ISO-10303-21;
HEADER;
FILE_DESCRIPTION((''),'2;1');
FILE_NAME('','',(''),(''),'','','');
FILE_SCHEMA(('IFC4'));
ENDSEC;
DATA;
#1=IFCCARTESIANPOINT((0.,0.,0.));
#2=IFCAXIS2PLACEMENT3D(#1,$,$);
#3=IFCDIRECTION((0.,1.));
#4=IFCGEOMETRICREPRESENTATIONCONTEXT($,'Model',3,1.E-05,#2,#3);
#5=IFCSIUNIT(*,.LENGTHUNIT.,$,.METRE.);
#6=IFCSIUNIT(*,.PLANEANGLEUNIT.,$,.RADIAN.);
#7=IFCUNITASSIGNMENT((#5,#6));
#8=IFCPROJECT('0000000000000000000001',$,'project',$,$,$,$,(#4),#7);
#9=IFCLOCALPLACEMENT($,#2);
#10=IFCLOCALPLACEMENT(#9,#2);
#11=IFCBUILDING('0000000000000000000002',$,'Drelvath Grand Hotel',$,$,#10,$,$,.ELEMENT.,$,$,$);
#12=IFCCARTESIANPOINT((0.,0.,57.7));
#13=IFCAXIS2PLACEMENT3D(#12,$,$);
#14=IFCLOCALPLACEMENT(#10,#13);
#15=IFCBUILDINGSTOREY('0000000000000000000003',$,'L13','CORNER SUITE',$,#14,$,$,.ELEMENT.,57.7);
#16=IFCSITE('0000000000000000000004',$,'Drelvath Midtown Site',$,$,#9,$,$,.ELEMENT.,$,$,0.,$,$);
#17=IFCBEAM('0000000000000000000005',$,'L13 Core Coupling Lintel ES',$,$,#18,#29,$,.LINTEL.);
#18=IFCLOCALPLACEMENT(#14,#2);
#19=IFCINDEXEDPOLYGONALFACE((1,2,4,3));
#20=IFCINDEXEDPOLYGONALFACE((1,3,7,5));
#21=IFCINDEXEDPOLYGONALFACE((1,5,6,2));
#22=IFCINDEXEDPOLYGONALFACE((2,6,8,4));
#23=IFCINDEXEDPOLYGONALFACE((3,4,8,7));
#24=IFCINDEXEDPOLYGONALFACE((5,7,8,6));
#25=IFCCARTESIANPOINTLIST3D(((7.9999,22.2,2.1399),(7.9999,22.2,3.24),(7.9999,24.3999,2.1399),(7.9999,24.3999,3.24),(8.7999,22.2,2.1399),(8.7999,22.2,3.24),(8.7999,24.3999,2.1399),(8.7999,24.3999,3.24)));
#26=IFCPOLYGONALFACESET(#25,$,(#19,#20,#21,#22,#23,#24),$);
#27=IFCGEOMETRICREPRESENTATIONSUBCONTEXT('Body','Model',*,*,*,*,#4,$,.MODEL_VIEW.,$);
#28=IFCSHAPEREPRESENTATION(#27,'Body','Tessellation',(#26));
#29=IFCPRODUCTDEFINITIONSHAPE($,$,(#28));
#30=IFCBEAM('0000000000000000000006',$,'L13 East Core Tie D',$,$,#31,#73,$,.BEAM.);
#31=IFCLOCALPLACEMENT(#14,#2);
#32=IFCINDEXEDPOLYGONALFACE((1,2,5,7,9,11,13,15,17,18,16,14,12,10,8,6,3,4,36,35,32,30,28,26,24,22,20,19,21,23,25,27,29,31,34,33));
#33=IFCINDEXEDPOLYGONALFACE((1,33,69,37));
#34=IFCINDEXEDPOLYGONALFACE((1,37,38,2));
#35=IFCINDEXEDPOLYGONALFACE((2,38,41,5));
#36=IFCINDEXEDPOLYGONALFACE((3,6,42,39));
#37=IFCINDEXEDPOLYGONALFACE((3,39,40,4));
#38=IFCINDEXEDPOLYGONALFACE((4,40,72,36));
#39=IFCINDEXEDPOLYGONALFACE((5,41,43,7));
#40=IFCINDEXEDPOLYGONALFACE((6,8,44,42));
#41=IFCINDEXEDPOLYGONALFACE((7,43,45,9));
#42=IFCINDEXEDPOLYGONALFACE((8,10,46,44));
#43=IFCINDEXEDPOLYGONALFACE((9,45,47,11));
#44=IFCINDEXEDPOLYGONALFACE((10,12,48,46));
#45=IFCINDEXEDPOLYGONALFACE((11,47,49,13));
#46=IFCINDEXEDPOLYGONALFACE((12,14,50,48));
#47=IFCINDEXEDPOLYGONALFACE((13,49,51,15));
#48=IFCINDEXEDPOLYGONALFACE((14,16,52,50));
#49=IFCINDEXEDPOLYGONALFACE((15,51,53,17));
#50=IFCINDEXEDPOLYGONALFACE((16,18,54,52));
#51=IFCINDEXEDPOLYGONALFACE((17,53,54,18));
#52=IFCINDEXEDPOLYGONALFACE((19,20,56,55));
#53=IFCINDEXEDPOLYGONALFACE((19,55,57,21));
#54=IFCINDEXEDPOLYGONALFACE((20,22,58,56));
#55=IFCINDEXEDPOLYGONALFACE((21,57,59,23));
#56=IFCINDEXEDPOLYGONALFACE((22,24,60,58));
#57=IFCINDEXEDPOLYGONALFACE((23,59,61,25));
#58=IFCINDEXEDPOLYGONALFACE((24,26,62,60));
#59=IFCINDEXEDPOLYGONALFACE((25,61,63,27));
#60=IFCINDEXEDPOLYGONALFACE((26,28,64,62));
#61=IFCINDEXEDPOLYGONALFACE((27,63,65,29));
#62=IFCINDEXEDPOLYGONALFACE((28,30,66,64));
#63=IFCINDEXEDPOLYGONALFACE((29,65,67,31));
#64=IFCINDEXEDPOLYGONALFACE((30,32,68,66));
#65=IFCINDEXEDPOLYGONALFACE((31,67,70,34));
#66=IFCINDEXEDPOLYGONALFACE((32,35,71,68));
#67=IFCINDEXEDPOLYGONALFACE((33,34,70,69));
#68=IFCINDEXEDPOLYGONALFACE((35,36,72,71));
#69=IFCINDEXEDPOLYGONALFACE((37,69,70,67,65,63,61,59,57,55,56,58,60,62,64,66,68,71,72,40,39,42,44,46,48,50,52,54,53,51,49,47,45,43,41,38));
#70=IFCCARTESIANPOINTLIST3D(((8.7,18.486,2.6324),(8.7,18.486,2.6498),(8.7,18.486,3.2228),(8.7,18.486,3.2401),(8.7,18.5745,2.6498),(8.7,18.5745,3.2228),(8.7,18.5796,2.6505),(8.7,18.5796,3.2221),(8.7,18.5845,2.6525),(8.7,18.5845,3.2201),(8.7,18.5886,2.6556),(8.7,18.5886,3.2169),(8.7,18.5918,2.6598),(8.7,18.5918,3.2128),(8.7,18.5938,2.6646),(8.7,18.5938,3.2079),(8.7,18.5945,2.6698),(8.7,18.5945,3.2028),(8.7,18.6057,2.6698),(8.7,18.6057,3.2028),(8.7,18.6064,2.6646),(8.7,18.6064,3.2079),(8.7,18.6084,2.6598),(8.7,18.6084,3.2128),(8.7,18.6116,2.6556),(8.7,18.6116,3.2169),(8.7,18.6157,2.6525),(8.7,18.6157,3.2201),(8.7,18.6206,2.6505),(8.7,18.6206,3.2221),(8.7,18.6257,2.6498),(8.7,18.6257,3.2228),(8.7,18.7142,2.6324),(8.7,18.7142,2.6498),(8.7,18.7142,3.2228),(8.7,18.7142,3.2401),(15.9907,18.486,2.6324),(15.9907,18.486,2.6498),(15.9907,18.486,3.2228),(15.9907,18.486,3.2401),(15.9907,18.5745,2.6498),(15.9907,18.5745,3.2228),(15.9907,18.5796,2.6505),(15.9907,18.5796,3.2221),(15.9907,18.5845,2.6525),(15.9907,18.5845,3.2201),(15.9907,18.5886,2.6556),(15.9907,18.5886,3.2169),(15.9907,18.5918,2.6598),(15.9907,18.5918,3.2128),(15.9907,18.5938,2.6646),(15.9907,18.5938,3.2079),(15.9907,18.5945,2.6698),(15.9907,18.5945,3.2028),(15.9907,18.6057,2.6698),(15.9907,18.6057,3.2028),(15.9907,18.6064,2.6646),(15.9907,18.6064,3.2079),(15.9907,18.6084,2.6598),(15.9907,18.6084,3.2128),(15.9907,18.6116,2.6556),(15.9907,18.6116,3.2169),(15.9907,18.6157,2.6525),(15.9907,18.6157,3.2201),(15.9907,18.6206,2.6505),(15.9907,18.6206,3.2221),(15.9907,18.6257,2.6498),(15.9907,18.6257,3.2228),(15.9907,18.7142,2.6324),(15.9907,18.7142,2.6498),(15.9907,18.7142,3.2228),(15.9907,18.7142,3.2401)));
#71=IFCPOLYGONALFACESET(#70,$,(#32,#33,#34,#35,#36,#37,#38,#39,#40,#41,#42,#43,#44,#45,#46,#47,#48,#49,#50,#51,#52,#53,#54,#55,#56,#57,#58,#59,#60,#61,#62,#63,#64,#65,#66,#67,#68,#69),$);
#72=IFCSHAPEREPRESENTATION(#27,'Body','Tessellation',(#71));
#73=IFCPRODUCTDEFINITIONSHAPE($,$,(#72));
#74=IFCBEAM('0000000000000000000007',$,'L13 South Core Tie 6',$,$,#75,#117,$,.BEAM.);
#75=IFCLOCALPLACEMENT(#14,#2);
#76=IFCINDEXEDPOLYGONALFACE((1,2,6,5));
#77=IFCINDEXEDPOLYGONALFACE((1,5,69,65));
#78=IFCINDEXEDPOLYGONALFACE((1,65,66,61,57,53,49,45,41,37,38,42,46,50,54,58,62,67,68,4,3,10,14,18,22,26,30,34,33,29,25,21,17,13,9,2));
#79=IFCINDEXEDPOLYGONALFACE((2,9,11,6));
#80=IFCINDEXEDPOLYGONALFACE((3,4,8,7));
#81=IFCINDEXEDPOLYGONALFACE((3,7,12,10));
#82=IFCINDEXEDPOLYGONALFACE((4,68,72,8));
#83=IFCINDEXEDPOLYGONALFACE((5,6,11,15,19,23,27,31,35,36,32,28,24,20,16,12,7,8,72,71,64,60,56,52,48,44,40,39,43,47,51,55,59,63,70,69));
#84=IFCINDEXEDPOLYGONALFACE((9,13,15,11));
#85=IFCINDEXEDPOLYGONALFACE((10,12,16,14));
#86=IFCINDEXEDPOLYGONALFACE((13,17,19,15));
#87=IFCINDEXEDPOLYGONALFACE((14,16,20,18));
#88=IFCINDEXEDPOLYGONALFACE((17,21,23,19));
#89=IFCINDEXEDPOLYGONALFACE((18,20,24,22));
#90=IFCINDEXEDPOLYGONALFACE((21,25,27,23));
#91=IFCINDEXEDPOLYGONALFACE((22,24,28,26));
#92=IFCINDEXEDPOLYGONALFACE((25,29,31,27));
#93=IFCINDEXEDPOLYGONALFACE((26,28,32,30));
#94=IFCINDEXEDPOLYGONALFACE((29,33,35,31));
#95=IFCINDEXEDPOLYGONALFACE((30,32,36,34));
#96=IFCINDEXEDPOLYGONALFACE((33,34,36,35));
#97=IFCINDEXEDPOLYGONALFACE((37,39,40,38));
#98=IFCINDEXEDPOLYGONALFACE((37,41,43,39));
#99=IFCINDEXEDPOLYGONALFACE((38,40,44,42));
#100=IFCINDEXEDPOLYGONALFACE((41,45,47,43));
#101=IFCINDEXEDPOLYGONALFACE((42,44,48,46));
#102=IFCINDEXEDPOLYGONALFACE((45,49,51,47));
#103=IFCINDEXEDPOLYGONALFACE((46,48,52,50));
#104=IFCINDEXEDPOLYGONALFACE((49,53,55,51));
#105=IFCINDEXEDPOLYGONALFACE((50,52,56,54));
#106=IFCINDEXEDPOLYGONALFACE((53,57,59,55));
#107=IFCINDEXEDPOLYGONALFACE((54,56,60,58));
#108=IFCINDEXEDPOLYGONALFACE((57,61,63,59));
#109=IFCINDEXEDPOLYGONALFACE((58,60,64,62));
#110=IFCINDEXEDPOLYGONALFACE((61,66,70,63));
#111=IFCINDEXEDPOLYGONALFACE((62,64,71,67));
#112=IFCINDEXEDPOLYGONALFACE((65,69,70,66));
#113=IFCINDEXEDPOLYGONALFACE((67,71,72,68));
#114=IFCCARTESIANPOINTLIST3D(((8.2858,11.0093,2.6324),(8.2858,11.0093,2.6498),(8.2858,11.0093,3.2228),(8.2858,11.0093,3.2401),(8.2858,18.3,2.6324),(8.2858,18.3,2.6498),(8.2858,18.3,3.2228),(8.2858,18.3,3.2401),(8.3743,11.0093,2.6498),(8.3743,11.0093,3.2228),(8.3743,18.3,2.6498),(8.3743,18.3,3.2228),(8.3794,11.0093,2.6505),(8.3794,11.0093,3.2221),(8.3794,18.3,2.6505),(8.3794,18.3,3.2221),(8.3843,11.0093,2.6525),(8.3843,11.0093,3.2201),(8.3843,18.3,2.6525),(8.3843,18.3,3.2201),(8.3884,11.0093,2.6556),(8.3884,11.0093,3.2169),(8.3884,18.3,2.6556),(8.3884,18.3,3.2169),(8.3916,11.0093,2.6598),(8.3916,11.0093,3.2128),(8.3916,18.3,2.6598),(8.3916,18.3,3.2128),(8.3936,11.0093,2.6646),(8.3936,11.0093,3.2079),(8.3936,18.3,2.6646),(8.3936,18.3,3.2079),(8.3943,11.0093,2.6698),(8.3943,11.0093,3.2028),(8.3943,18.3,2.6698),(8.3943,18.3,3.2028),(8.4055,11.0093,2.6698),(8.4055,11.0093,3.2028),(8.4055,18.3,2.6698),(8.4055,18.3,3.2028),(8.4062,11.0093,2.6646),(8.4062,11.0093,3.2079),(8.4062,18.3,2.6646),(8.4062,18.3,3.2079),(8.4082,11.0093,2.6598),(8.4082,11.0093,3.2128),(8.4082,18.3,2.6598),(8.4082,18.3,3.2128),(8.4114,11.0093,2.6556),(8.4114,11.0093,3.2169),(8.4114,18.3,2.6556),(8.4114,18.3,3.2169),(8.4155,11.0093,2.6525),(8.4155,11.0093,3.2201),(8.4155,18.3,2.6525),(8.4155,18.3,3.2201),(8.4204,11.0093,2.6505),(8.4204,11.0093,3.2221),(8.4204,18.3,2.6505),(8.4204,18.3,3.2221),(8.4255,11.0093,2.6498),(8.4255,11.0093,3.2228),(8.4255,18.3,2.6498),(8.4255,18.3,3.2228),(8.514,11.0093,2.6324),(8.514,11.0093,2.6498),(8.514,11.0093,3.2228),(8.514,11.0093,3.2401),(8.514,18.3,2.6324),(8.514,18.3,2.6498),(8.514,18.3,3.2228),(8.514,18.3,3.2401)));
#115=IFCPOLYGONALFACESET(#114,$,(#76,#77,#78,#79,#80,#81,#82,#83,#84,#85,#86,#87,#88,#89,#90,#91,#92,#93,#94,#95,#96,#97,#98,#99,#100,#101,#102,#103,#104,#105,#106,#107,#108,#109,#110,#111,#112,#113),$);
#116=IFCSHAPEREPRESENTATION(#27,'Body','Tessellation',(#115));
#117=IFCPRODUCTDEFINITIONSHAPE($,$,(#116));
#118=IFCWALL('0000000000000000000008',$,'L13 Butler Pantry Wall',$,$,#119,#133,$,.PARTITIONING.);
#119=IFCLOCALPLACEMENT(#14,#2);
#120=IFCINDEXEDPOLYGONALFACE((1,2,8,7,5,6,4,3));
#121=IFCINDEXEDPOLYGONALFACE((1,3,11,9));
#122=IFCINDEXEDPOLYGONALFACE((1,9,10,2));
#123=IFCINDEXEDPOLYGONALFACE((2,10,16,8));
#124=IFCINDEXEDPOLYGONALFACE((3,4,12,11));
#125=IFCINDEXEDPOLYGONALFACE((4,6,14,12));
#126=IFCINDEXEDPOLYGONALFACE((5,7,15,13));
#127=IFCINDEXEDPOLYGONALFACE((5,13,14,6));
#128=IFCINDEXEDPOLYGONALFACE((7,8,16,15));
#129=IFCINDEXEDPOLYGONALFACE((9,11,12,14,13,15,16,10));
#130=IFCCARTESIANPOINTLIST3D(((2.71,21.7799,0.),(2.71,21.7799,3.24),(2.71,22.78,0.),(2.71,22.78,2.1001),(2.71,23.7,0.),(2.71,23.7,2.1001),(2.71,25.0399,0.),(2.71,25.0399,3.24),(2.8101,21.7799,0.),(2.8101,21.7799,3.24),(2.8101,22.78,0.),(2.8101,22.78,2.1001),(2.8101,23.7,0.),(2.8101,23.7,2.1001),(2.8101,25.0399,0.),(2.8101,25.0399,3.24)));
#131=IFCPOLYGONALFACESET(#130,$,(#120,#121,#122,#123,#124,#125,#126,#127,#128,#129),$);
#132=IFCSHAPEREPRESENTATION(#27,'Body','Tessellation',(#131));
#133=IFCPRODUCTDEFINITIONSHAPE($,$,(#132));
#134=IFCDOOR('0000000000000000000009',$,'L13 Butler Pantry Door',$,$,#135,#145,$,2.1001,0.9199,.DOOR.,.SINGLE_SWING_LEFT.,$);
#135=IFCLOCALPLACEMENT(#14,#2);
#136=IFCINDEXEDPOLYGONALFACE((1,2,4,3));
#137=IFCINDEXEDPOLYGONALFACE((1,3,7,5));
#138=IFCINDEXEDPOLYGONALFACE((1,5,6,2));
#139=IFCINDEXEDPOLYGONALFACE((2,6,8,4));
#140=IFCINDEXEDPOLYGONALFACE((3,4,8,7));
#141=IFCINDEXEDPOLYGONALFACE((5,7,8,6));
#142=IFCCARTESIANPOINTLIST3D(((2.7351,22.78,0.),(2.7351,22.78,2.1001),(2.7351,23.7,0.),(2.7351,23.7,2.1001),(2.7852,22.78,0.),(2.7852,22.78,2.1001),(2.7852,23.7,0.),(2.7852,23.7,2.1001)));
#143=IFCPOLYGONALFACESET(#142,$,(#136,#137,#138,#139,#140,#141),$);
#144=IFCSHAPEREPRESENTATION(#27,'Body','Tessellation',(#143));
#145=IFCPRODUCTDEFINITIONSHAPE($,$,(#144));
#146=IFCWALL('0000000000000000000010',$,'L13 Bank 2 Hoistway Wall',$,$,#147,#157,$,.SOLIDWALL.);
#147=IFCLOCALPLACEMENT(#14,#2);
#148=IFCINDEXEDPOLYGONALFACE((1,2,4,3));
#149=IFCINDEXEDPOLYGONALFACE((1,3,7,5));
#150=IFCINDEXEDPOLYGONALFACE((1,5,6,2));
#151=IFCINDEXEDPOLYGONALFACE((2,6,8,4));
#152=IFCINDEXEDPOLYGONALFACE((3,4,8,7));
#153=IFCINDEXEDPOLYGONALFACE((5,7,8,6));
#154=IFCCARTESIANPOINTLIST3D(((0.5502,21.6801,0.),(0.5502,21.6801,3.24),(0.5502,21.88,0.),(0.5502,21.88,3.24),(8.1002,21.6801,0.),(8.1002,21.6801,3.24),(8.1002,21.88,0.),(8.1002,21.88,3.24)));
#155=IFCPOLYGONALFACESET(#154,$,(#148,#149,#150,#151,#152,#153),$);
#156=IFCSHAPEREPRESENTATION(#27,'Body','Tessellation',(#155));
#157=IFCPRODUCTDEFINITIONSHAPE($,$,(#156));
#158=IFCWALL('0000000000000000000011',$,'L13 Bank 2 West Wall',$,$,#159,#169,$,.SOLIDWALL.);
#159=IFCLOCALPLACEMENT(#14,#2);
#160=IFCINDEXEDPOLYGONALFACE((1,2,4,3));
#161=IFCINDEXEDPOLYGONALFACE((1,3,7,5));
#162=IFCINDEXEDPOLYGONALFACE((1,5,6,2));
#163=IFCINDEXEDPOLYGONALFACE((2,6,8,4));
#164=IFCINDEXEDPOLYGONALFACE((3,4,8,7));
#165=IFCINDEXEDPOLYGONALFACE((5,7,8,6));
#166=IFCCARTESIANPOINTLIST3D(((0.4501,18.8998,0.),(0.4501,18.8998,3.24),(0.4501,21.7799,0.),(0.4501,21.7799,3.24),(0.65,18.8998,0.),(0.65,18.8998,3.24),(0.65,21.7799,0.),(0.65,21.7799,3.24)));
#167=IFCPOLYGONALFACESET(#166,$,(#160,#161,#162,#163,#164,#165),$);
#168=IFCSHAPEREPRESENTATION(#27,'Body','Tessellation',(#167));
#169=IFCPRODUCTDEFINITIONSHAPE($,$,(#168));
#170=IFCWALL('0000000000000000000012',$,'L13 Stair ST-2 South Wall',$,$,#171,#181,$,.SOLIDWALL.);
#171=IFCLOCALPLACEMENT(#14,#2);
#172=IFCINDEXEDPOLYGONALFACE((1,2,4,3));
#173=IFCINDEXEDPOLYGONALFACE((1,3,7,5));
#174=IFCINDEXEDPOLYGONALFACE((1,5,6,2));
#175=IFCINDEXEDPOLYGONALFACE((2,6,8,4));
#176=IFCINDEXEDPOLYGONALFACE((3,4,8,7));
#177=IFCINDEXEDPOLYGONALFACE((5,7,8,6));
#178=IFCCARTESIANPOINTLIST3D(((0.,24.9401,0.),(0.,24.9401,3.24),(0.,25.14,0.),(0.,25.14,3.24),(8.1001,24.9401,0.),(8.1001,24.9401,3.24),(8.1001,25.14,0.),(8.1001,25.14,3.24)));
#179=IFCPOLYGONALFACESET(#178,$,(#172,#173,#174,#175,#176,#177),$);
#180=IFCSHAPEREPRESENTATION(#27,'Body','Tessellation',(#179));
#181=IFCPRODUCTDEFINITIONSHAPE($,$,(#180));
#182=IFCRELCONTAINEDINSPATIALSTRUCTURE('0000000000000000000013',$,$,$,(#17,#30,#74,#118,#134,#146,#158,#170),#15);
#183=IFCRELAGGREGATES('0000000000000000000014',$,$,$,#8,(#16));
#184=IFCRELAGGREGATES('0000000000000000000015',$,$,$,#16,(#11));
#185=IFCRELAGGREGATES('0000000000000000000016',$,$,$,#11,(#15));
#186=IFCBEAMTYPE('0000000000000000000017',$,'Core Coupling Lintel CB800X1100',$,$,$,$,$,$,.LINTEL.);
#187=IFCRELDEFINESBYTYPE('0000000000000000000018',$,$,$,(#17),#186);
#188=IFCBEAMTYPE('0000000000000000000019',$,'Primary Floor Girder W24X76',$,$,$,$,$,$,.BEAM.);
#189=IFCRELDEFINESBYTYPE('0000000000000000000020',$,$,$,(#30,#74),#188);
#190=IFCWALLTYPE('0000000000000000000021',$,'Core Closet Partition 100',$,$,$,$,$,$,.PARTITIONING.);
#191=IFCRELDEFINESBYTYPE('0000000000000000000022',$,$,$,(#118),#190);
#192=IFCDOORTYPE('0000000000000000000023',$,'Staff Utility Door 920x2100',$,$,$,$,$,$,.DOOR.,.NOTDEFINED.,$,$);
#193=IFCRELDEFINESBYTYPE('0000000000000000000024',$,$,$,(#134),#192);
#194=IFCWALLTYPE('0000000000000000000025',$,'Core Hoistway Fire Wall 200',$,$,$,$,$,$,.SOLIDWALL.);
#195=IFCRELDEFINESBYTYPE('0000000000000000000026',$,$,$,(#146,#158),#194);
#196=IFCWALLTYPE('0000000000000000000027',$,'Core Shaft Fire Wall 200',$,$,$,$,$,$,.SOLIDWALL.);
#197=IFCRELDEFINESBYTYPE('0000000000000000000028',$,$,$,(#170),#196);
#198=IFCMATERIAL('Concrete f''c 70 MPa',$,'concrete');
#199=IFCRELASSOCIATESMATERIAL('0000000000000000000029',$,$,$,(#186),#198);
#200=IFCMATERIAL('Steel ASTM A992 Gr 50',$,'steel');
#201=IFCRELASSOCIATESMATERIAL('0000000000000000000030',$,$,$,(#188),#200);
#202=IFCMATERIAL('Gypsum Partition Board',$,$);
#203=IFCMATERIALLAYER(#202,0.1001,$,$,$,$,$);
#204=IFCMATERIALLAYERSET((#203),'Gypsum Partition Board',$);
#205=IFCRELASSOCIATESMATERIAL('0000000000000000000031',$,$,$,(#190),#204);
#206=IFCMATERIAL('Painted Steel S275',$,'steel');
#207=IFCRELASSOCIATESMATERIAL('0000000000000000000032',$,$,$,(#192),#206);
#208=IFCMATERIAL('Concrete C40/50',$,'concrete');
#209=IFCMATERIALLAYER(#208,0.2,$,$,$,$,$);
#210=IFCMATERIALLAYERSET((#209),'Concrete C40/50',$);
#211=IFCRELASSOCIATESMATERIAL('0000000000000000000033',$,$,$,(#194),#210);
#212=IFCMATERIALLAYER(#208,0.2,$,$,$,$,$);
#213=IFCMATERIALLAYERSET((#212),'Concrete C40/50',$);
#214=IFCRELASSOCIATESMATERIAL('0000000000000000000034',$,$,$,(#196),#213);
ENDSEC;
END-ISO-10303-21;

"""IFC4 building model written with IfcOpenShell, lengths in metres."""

from ifc_helpers import new_model, si_unit, direction, frame, frame_2d, origin, origin_2d, place, context, subcontext, project, spatial, rectangle, i_section, extrude, material, layer, layer_set, material_profile, profile_set, type_object, element, fill, save


model = new_model("IFC4")

# Units and contexts
model_context = context("Model", 3, precision=1e-05, world=origin(), true_north=direction((0.0, 1.0)))
body_context = subcontext(model_context, "Body", "Model", "MODEL_VIEW")
ifc_project = project(units=[si_unit("LENGTHUNIT", "METRE"), si_unit("PLANEANGLEUNIT", "RADIAN")], contexts=[model_context])

# Site, building, storey
site_placement = place(None, origin())
site = spatial("IfcSite", under=ifc_project, at=site_placement, Name="Drelvath Midtown Site", CompositionType="ELEMENT", RefElevation=0.0)
building_placement = place(site_placement, origin())
building = spatial("IfcBuilding", under=site, at=building_placement, Name="Drelvath Grand Hotel", CompositionType="ELEMENT")
storey_placement = place(building_placement, frame((0.0, 0.0, 57.7)))
storey = spatial("IfcBuildingStorey", under=building, at=storey_placement, Name="L13", Description="CORNER SUITE", CompositionType="ELEMENT", Elevation=57.7)

# Beams
ifc_material_1 = material(Name="Concrete f'c 70 MPa", Category="concrete")
ifc_material_profile_1 = material_profile(ifc_material_1, rectangle(XDim=0.8, YDim=1.1001, at=origin_2d()), Name="CB800X1100")
ifc_profile_set_1 = profile_set([ifc_material_profile_1], Name="Concrete f'c 70 MPa")
beam_type_1 = type_object("IfcBeamType", Name="Core Coupling Lintel CB800X1100", PredefinedType="LINTEL", material=ifc_profile_set_1)
beam_placement = place(storey_placement, frame((8.3999, 22.2, 2.6899), z_axis=(0.0, 1.0, 0.0), x_axis=(-1.0, 0.0, 0.0)))
element("IfcBeam", 1, at=beam_placement, inside=storey, type_object=beam_type_1, Name="L13 Core Coupling Lintel ES", PredefinedType="LINTEL", context=body_context, shape_type="SweptSolid", body=[
    extrude(rectangle(XDim=0.8, YDim=1.1001, at=origin_2d()), origin(), (0.0, 0.0, 1.0), 2.2),
])
ifc_material_2 = material(Name="Steel ASTM A992 Gr 50", Category="steel")
ifc_material_profile_2 = material_profile(ifc_material_2, i_section(OverallWidth=0.2283, OverallDepth=0.6077, WebThickness=0.0112, FlangeThickness=0.0173, FilletRadius=0.02, at=origin_2d()), Name="W24X76")
ifc_profile_set_2 = profile_set([ifc_material_profile_2], Name="Steel ASTM A992 Gr 50")
beam_type_2 = type_object("IfcBeamType", Name="Primary Floor Girder W24X76", PredefinedType="BEAM", material=ifc_profile_set_2)
for number, where, z_axis, x_axis, name in (
    (2, (8.7, 18.6001, 2.9363), (1.0, 0.0, 0.0), (0.0, 1.0, 0.0), "L13 East Core Tie D"),
    (3, (8.3999, 11.0093, 2.9363), (0.0, 1.0, 0.0), (-1.0, 0.0, 0.0), "L13 South Core Tie 6"),
):
    element("IfcBeam", number, at=place(storey_placement, frame(where, z_axis=z_axis, x_axis=x_axis)), inside=storey, type_object=beam_type_2, Name=name, PredefinedType="BEAM", context=body_context, shape_type="SweptSolid", body=[
        extrude(i_section(OverallWidth=0.2283, OverallDepth=0.6077, WebThickness=0.0112, FlangeThickness=0.0173, FilletRadius=0.02, at=origin_2d()), origin(), (0.0, 0.0, 1.0), 7.2908),
    ])

# Wall, opening, door
ifc_material_3 = material(Name="Gypsum Partition Board")
ifc_layer_1 = layer(ifc_material_3, 0.1001)
ifc_layer_set_1 = layer_set([ifc_layer_1], Name="Gypsum Partition Board")
wall_type_1 = type_object("IfcWallType", Name="Core Closet Partition 100", PredefinedType="PARTITIONING", material=ifc_layer_set_1)
wall_1_placement = place(storey_placement, frame((2.76, 21.78, 0.0), z_axis=(0.0, 0.0, 1.0), x_axis=(0.0, 1.0, 0.0)))
wall_1 = element("IfcWall", 4, at=wall_1_placement, inside=storey, type_object=wall_type_1, Name="L13 Butler Pantry Wall", PredefinedType="PARTITIONING", context=body_context, shape_type="SweptSolid", body=[
    extrude(rectangle(XDim=3.26, YDim=0.1001, at=frame_2d((1.6299, 0.0))), origin(), (0.0, 0.0, 1.0), 3.24),
])
opening_1_placement = place(wall_1_placement, frame((1.0, 0.0, 0.0)))
opening_1 = element("IfcOpeningElement", 5, at=opening_1_placement, cuts=wall_1, PredefinedType="OPENING", context=body_context, shape_type="SweptSolid", body=[
    extrude(rectangle(XDim=0.9199, YDim=2.1001, at=frame_2d((0.46, 1.05))), frame((0.0, 0.0601, 0.0), z_axis=(0.0, -1.0, 0.0), x_axis=(1.0, 0.0, 0.0)), (0.0, 0.0, 1.0), 0.1201),
])
ifc_material_4 = material(Name="Painted Steel S275", Category="steel")
door_type_1 = type_object("IfcDoorType", Name="Staff Utility Door 920x2100", OperationType="NOTDEFINED", PredefinedType="DOOR", material=ifc_material_4)
door_1_placement = place(opening_1_placement, origin())
door_1 = element("IfcDoor", 6, at=door_1_placement, inside=storey, type_object=door_type_1, Name="L13 Butler Pantry Door", OperationType="SINGLE_SWING_LEFT", OverallHeight=2.1001, OverallWidth=0.9199, PredefinedType="DOOR", context=body_context, shape_type="SweptSolid", body=[
    extrude(rectangle(XDim=0.9199, YDim=2.1001, at=frame_2d((0.46, 1.05))), frame((0.0, 0.0249, 0.0), z_axis=(0.0, -1.0, 0.0), x_axis=(1.0, 0.0, 0.0)), (0.0, 0.0, 1.0), 0.05),
])
fill(opening_1, door_1)

# Walls
ifc_material_5 = material(Name="Concrete C40/50", Category="concrete")
ifc_layer_2 = layer(ifc_material_5, 0.2)
ifc_layer_set_2 = layer_set([ifc_layer_2], Name="Concrete C40/50")
wall_type_2 = type_object("IfcWallType", Name="Core Hoistway Fire Wall 200", PredefinedType="SOLIDWALL", material=ifc_layer_set_2)
wall_2_placement = place(storey_placement, frame((8.1001, 21.78, 0.0), z_axis=(0.0, 0.0, 1.0), x_axis=(-1.0, 0.0, 0.0)))
element("IfcWall", 7, at=wall_2_placement, inside=storey, type_object=wall_type_2, Name="L13 Bank 2 Hoistway Wall", PredefinedType="SOLIDWALL", context=body_context, shape_type="SweptSolid", body=[
    extrude(rectangle(XDim=7.55, YDim=0.2, at=frame_2d((3.7749, 0.0))), origin(), (0.0, 0.0, 1.0), 3.24),
])
wall_3_placement = place(storey_placement, frame((0.55, 18.8999, 0.0), z_axis=(0.0, 0.0, 1.0), x_axis=(0.0, 1.0, 0.0)))
element("IfcWall", 8, at=wall_3_placement, inside=storey, type_object=wall_type_2, Name="L13 Bank 2 West Wall", PredefinedType="SOLIDWALL", context=body_context, shape_type="SweptSolid", body=[
    extrude(rectangle(XDim=2.8801, YDim=0.2, at=frame_2d((1.4399, 0.0))), origin(), (0.0, 0.0, 1.0), 3.24),
])
ifc_layer_3 = layer(ifc_material_5, 0.2)
ifc_layer_set_3 = layer_set([ifc_layer_3], Name="Concrete C40/50")
wall_type_3 = type_object("IfcWallType", Name="Core Shaft Fire Wall 200", PredefinedType="SOLIDWALL", material=ifc_layer_set_3)
wall_4_placement = place(storey_placement, frame((0.0, 25.04, 0.0), z_axis=(0.0, 0.0, 1.0), x_axis=(1.0, 0.0, 0.0)))
element("IfcWall", 9, at=wall_4_placement, inside=storey, type_object=wall_type_3, Name="L13 Stair ST-2 South Wall", PredefinedType="SOLIDWALL", context=body_context, shape_type="SweptSolid", body=[
    extrude(rectangle(XDim=8.1001, YDim=0.2, at=frame_2d((4.05, 0.0))), origin(), (0.0, 0.0, 1.0), 3.24),
])

save(model, "model.ifc")
